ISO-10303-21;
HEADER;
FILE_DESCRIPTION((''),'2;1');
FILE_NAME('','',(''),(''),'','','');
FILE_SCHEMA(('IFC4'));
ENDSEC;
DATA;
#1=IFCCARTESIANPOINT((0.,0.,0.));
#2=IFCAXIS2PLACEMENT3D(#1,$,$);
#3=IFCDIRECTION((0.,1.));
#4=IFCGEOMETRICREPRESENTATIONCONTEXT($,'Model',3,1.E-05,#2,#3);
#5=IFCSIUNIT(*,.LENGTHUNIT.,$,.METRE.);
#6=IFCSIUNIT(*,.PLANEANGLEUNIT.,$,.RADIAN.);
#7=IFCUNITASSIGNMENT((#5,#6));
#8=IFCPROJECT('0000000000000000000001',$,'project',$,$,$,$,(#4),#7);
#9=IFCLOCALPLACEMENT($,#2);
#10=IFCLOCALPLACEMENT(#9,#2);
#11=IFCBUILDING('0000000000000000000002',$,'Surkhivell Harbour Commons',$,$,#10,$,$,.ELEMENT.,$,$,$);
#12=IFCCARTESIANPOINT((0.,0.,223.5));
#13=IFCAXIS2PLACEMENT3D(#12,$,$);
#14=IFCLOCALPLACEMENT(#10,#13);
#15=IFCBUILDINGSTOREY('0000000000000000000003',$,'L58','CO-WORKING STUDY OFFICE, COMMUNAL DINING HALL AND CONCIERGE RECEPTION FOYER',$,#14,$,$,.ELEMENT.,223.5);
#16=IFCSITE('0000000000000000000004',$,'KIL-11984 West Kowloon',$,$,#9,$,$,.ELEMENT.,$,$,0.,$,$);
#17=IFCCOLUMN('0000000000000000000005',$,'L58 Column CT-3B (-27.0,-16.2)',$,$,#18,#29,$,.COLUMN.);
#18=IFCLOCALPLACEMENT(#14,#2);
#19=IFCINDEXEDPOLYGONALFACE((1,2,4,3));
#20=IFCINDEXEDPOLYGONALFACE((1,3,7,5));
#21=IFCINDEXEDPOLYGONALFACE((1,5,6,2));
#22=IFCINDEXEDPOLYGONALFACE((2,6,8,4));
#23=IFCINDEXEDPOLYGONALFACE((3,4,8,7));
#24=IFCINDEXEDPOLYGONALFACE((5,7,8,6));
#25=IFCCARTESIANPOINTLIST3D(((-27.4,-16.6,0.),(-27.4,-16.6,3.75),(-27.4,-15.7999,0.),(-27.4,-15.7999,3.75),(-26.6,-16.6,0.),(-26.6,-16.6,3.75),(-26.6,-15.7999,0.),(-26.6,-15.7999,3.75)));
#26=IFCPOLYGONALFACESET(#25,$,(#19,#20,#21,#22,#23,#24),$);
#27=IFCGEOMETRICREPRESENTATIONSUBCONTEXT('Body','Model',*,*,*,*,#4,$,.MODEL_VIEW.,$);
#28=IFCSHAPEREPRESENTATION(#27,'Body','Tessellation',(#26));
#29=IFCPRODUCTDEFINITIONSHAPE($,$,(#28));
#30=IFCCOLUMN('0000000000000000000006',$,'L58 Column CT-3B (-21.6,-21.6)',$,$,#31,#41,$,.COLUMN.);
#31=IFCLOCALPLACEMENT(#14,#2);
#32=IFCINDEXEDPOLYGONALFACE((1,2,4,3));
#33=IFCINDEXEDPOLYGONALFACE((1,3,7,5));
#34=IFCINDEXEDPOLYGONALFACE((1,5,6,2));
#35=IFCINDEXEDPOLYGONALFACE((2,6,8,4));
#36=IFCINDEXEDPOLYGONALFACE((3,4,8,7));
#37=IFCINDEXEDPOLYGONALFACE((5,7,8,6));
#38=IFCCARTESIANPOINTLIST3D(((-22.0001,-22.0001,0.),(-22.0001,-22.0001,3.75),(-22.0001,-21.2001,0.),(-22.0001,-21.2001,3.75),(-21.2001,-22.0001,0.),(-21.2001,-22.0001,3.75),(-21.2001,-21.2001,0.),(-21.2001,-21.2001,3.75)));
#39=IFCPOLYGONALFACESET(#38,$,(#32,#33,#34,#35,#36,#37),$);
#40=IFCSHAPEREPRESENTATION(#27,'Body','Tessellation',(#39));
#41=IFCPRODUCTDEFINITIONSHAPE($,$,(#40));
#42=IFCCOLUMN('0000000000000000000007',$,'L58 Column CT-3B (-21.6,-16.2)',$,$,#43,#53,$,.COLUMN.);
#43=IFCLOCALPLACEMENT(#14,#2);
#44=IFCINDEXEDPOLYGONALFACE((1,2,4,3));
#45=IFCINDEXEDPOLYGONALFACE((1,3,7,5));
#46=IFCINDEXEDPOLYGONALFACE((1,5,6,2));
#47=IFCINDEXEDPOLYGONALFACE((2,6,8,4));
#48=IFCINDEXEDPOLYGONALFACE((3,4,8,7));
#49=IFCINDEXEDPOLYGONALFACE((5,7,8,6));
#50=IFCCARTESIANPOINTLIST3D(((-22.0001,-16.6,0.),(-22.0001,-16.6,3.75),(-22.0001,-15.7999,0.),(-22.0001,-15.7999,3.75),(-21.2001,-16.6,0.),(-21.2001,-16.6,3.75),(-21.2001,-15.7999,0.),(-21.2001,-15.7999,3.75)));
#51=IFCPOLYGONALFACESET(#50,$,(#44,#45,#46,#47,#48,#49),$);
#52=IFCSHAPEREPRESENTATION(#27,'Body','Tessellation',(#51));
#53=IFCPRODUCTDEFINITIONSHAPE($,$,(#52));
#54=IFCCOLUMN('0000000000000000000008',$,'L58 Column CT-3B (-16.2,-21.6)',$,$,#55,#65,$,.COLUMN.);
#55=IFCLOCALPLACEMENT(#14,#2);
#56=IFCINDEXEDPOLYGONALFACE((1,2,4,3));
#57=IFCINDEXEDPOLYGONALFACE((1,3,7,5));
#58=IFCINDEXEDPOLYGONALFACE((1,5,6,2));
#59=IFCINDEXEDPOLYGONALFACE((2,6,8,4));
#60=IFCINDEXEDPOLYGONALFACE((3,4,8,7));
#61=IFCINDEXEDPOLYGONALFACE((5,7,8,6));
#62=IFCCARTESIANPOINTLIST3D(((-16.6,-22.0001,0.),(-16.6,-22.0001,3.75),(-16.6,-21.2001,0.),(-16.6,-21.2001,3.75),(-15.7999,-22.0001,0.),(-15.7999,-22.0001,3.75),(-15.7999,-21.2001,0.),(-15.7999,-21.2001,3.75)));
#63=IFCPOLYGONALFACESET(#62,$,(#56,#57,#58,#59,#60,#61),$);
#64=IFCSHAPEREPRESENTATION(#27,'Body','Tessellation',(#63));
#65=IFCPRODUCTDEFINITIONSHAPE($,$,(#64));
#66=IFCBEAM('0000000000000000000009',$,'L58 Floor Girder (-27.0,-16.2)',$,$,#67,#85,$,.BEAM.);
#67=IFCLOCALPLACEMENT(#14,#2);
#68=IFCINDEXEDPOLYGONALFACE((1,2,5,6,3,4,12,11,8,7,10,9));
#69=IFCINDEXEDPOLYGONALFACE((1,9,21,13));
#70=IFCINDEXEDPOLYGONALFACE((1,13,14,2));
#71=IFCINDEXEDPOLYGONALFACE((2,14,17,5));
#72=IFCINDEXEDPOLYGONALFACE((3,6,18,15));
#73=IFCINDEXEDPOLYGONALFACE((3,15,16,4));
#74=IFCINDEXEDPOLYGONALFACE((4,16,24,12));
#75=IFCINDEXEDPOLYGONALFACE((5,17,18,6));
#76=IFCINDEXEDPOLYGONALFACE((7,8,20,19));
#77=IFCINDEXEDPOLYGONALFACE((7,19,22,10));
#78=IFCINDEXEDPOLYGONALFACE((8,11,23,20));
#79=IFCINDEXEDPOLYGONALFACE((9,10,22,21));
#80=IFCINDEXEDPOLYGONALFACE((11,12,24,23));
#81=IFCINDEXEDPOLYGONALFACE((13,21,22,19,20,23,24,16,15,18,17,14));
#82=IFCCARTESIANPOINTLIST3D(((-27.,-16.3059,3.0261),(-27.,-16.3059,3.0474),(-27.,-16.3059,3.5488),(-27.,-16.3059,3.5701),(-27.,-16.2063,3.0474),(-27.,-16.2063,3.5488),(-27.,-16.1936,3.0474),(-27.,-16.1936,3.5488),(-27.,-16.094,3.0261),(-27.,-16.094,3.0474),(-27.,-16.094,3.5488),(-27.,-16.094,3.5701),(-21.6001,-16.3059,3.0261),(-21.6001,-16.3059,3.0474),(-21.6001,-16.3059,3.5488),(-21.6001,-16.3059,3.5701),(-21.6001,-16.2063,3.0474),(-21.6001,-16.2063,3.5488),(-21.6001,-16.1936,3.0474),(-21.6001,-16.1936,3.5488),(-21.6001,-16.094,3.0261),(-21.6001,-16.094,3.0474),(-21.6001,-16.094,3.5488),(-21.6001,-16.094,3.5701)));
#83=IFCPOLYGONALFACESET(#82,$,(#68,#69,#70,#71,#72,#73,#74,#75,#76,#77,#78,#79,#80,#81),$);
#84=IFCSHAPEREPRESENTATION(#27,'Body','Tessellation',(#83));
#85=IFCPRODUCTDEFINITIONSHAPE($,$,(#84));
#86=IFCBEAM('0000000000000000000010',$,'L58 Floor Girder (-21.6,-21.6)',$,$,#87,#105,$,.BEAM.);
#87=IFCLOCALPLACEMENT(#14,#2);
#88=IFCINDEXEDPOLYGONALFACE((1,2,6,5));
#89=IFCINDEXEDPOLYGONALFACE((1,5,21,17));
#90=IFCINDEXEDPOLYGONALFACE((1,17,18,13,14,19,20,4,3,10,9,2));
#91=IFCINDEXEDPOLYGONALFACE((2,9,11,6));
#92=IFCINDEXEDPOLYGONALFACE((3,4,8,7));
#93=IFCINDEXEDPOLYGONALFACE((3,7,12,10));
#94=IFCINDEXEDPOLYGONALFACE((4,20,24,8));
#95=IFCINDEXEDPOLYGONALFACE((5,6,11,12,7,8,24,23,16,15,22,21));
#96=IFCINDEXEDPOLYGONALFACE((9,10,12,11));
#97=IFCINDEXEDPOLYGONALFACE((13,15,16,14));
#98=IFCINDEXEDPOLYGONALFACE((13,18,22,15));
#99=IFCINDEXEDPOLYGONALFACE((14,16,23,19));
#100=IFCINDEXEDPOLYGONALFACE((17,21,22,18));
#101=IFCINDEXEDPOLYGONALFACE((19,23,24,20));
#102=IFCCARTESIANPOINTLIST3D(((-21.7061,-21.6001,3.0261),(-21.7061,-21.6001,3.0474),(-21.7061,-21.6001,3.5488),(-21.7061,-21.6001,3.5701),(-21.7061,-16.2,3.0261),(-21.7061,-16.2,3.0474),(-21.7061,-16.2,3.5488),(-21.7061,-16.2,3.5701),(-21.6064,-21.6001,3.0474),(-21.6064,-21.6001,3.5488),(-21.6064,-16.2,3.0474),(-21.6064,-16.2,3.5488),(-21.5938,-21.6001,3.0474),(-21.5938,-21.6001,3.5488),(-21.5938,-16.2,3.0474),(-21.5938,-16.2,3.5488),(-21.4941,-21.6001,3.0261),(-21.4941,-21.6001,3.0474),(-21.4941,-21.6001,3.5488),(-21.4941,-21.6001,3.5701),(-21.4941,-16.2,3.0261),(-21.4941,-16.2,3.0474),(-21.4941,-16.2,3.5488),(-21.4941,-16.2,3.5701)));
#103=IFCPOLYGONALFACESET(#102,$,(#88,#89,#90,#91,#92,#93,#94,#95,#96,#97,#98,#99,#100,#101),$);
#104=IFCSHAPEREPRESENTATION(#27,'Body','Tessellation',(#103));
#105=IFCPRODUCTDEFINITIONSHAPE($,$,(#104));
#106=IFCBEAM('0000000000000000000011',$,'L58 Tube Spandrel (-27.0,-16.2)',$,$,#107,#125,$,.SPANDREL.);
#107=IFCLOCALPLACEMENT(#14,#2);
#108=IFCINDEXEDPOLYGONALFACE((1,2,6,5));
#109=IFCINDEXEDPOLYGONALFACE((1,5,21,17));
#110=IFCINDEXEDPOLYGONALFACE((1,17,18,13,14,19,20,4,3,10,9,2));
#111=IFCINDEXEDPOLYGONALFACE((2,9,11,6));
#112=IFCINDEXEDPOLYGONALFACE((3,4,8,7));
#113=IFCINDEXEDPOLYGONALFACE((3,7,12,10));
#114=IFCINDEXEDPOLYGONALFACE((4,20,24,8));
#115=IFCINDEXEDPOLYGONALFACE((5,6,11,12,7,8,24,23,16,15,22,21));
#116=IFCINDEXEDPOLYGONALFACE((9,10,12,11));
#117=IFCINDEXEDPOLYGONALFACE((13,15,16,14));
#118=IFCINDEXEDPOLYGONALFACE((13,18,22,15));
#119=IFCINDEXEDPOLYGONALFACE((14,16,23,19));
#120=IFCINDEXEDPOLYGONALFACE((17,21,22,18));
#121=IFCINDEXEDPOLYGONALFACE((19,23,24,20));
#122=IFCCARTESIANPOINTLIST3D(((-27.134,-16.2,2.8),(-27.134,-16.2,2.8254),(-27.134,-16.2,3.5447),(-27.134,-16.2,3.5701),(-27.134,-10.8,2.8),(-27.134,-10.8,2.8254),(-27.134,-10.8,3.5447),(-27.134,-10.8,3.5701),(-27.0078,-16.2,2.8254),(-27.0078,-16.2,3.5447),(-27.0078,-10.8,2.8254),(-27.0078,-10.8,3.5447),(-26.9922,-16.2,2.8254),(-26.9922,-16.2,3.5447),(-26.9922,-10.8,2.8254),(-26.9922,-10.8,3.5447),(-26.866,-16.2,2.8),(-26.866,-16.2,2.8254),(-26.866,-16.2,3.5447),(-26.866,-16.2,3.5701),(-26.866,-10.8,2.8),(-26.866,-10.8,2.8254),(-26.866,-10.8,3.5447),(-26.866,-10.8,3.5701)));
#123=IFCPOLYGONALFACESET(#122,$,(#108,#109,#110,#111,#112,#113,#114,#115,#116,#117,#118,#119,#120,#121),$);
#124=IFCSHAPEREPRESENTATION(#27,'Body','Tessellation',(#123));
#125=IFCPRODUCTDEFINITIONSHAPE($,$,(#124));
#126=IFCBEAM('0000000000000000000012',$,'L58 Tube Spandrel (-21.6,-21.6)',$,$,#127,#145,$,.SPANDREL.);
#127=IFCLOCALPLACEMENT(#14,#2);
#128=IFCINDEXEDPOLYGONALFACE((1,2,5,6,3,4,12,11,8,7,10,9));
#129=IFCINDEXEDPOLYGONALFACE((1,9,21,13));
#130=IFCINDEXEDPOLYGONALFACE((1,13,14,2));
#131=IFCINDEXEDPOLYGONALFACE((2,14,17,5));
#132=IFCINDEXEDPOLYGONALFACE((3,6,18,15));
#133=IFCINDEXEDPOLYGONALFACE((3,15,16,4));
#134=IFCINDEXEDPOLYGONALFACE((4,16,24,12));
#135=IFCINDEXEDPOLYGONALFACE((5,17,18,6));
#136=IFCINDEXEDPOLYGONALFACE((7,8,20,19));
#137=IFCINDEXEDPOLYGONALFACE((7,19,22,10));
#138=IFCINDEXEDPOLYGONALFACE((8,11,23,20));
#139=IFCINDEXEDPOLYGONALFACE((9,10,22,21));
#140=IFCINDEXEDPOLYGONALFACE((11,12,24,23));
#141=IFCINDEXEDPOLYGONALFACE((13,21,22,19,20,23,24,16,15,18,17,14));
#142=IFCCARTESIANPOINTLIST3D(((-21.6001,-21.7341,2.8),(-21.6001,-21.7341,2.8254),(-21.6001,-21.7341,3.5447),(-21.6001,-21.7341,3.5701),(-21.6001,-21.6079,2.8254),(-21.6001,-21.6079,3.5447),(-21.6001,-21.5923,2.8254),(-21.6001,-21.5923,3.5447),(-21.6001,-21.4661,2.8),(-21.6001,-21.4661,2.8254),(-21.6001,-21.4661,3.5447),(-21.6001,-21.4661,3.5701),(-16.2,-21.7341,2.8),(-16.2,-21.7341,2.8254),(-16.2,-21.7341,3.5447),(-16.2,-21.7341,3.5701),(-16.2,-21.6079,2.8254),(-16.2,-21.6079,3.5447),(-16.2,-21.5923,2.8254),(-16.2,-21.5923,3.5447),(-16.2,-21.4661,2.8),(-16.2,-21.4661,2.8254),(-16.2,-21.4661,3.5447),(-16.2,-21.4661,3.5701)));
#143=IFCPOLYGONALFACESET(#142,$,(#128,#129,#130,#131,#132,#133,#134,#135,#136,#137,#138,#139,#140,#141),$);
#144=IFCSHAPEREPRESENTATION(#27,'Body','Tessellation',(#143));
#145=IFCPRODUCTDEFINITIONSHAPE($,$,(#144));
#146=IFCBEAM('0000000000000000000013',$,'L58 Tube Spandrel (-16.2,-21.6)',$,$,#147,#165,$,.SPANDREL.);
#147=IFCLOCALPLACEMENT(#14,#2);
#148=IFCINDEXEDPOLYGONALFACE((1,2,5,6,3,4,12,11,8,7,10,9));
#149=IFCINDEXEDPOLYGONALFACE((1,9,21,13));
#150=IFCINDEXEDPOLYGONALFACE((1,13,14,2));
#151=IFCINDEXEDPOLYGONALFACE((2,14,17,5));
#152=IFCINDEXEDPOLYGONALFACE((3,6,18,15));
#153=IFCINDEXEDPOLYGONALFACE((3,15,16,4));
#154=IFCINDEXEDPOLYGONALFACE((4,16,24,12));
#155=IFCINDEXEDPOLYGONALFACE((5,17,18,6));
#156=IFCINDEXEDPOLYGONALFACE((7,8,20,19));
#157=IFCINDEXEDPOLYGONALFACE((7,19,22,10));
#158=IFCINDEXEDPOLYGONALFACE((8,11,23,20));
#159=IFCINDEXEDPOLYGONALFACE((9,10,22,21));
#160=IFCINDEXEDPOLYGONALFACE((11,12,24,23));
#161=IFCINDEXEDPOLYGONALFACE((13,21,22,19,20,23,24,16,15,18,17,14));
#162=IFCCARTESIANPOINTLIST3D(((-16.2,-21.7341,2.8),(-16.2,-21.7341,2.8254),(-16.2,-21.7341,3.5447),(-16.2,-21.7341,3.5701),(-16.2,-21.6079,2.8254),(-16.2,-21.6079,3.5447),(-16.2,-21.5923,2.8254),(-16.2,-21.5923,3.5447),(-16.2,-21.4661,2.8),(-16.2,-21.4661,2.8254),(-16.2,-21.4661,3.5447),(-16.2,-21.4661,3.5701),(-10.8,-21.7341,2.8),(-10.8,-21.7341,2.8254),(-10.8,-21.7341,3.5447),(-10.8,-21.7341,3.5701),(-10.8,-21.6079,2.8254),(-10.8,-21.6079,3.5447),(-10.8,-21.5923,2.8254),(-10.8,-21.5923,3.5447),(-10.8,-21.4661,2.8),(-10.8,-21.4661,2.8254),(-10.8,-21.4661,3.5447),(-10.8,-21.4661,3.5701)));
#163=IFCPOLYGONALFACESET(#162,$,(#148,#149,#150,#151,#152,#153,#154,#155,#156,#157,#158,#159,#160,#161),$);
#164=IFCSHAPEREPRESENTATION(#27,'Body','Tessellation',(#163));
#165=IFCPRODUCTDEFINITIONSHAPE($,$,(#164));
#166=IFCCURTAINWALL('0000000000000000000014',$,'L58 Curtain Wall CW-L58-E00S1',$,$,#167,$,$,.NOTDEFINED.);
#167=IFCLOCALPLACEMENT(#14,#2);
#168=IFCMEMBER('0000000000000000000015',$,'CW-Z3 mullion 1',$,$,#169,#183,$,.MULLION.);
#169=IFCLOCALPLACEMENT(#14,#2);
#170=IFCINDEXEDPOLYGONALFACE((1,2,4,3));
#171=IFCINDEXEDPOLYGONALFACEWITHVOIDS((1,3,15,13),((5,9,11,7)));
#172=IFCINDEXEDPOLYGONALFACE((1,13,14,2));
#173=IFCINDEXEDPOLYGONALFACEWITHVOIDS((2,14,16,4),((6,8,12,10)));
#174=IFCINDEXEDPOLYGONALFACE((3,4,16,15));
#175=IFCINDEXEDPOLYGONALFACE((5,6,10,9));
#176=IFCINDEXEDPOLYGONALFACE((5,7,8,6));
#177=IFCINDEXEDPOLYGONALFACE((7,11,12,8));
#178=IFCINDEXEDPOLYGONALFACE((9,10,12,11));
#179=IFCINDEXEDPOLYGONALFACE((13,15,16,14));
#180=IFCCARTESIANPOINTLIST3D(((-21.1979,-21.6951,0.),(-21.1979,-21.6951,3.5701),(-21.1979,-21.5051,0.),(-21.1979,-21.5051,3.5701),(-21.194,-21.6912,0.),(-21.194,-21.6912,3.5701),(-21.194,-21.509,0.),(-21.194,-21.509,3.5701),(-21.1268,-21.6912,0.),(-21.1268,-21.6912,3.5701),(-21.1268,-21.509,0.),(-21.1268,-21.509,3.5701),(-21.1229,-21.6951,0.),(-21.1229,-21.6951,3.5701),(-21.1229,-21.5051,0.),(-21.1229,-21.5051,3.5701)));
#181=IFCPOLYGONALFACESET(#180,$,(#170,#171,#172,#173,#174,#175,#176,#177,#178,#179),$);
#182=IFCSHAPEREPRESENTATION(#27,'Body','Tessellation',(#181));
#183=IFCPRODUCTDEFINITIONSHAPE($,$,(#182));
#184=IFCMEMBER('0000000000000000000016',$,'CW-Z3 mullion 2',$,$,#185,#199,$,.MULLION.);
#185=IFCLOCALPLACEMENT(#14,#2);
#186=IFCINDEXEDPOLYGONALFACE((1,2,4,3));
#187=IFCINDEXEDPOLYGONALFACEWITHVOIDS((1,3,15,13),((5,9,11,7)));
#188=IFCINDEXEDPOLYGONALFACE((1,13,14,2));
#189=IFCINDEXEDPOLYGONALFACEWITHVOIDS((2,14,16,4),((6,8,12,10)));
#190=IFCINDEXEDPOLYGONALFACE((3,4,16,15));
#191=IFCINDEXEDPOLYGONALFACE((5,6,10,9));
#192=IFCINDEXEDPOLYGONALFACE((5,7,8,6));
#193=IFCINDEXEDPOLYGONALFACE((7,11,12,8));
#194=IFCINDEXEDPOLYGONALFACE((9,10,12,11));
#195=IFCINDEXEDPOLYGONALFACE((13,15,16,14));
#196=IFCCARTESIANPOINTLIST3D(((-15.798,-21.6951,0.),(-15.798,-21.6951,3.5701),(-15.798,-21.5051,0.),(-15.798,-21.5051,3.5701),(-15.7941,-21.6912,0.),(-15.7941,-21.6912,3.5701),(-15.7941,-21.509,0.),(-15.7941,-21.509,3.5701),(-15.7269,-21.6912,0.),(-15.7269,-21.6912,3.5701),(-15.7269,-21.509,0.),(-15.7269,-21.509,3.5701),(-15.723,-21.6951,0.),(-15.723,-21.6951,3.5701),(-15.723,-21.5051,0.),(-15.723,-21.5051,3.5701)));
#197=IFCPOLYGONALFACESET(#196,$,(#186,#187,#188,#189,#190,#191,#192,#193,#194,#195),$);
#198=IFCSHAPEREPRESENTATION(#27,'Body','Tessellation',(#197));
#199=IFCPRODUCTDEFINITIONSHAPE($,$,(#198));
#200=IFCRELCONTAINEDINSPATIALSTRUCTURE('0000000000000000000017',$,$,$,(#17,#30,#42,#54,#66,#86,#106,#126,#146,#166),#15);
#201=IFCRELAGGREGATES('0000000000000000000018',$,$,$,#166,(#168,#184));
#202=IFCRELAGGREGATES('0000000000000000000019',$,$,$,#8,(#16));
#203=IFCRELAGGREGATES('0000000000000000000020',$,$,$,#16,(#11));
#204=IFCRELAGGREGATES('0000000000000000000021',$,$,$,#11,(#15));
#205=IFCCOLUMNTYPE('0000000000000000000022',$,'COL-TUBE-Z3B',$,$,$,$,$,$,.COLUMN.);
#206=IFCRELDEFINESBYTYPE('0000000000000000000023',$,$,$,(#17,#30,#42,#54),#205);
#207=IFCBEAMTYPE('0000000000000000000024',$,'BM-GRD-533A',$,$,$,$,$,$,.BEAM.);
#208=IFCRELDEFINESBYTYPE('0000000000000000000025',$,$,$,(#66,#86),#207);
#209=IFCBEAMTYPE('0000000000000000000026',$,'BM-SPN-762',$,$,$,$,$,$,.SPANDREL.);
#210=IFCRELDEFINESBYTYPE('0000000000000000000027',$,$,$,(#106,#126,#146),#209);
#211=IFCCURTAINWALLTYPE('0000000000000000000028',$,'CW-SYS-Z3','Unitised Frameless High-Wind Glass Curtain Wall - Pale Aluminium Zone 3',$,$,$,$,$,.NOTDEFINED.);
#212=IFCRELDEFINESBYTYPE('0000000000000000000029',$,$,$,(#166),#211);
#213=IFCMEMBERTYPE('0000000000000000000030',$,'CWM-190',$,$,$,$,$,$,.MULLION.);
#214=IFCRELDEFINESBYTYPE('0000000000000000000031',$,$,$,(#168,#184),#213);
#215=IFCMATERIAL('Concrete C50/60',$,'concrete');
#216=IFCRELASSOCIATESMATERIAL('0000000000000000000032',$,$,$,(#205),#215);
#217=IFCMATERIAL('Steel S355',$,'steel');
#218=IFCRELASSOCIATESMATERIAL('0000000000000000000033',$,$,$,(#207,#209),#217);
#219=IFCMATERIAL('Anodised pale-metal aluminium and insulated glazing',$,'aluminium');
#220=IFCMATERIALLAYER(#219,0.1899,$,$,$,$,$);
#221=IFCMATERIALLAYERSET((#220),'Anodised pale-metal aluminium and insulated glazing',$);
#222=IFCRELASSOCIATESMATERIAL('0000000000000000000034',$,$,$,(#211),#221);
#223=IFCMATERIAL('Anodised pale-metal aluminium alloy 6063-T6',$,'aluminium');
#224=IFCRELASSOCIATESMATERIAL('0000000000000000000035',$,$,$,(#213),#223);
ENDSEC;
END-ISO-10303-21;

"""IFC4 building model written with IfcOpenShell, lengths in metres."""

from ifc_helpers import new_model, si_unit, direction, frame, origin, origin_2d, place, context, subcontext, project, spatial, rectangle, hollow_rectangle, i_section, extrude, material, layer, layer_set, material_profile, profile_set, type_object, element, aggregate, save


model = new_model("IFC4")

# Units and contexts
model_context = context("Model", 3, precision=1e-05, world=origin(), true_north=direction((0.0, 1.0)))
body_context = subcontext(model_context, "Body", "Model", "MODEL_VIEW")
ifc_project = project(units=[si_unit("LENGTHUNIT", "METRE"), si_unit("PLANEANGLEUNIT", "RADIAN")], contexts=[model_context])

# Site, building, storey
site_placement = place(None, origin())
site = spatial("IfcSite", under=ifc_project, at=site_placement, Name="KIL-11984 West Kowloon", CompositionType="ELEMENT", RefElevation=0.0)
building_placement = place(site_placement, origin())
building = spatial("IfcBuilding", under=site, at=building_placement, Name="Surkhivell Harbour Commons", CompositionType="ELEMENT")
storey_placement = place(building_placement, frame((0.0, 0.0, 223.5)))
storey = spatial("IfcBuildingStorey", under=building, at=storey_placement, Name="L58", Description="CO-WORKING STUDY OFFICE, COMMUNAL DINING HALL AND CONCIERGE RECEPTION FOYER", CompositionType="ELEMENT", Elevation=223.5)

# Columns
ifc_material_1 = material(Name="Concrete C50/60", Category="concrete")
ifc_material_profile_1 = material_profile(ifc_material_1, rectangle(XDim=0.8, YDim=0.8, at=origin_2d()), Name="RC-COL-800x800")
ifc_profile_set_1 = profile_set([ifc_material_profile_1], Name="Concrete C50/60")
column_type = type_object("IfcColumnType", Name="COL-TUBE-Z3B", PredefinedType="COLUMN", material=ifc_profile_set_1)
for number, where, z_axis, x_axis, name in (
    (1, (-27.0, -16.2, 0.0), (0.0, 0.0, 1.0), (1.0, 0.0, 0.0), "L58 Column CT-3B (-27.0,-16.2)"),
    (2, (-21.6001, -21.6001, 0.0), (0.0, 0.0, 1.0), (1.0, 0.0, 0.0), "L58 Column CT-3B (-21.6,-21.6)"),
    (3, (-21.6001, -16.2, 0.0), (0.0, 0.0, 1.0), (1.0, 0.0, 0.0), "L58 Column CT-3B (-21.6,-16.2)"),
    (4, (-16.2, -21.6001, 0.0), (0.0, 0.0, 1.0), (1.0, 0.0, 0.0), "L58 Column CT-3B (-16.2,-21.6)"),
):
    element("IfcColumn", number, at=place(storey_placement, frame(where, z_axis=z_axis, x_axis=x_axis)), inside=storey, type_object=column_type, Name=name, PredefinedType="COLUMN", context=body_context, shape_type="SweptSolid", body=[
        extrude(rectangle(XDim=0.8, YDim=0.8, at=origin_2d()), origin(), (0.0, 0.0, 1.0), 3.75),
    ])

# Beams
ifc_material_2 = material(Name="Steel S355", Category="steel")
ifc_material_profile_2 = material_profile(ifc_material_2, i_section(OverallWidth=0.2119, OverallDepth=0.5439, WebThickness=0.0127, FlangeThickness=0.0212, at=origin_2d()), Name="UB533x210x122")
ifc_profile_set_2 = profile_set([ifc_material_profile_2], Name="Steel S355")
beam_type_1 = type_object("IfcBeamType", Name="BM-GRD-533A", PredefinedType="BEAM", material=ifc_profile_set_2)
beam_1_placement = place(storey_placement, frame((-27.0, -16.2, 3.2981), z_axis=(1.0, 0.0, 0.0), x_axis=(0.0, 1.0, 0.0)))
element("IfcBeam", 5, at=beam_1_placement, inside=storey, type_object=beam_type_1, Name="L58 Floor Girder (-27.0,-16.2)", PredefinedType="BEAM", context=body_context, shape_type="SweptSolid", body=[
    extrude(i_section(OverallWidth=0.2119, OverallDepth=0.5439, WebThickness=0.0127, FlangeThickness=0.0212, at=origin_2d()), origin(), (0.0, 0.0, 1.0), 5.3999),
])
beam_2_placement = place(storey_placement, frame((-21.6001, -21.6001, 3.2981), z_axis=(0.0, 1.0, 0.0), x_axis=(-1.0, 0.0, 0.0)))
element("IfcBeam", 6, at=beam_2_placement, inside=storey, type_object=beam_type_1, Name="L58 Floor Girder (-21.6,-21.6)", PredefinedType="BEAM", context=body_context, shape_type="SweptSolid", body=[
    extrude(i_section(OverallWidth=0.2119, OverallDepth=0.5439, WebThickness=0.0127, FlangeThickness=0.0212, at=origin_2d()), origin(), (0.0, 0.0, 1.0), 5.4001),
])
ifc_material_profile_3 = material_profile(ifc_material_2, i_section(OverallWidth=0.2681, OverallDepth=0.77, WebThickness=0.0156, FlangeThickness=0.0254, at=origin_2d()), Name="UB762x267x197")
ifc_profile_set_3 = profile_set([ifc_material_profile_3], Name="Steel S355")
beam_type_2 = type_object("IfcBeamType", Name="BM-SPN-762", PredefinedType="SPANDREL", material=ifc_profile_set_3)
beam_3_placement = place(storey_placement, frame((-27.0, -16.2, 3.1851), z_axis=(0.0, 1.0, 0.0), x_axis=(-1.0, 0.0, 0.0)))
element("IfcBeam", 7, at=beam_3_placement, inside=storey, type_object=beam_type_2, Name="L58 Tube Spandrel (-27.0,-16.2)", PredefinedType="SPANDREL", context=body_context, shape_type="SweptSolid", body=[
    extrude(i_section(OverallWidth=0.2681, OverallDepth=0.77, WebThickness=0.0156, FlangeThickness=0.0254, at=origin_2d()), origin(), (0.0, 0.0, 1.0), 5.3999),
])
beam_4_placement = place(storey_placement, frame((-21.6001, -21.6001, 3.1851), z_axis=(1.0, 0.0, 0.0), x_axis=(0.0, 1.0, 0.0)))
element("IfcBeam", 8, at=beam_4_placement, inside=storey, type_object=beam_type_2, Name="L58 Tube Spandrel (-21.6,-21.6)", PredefinedType="SPANDREL", context=body_context, shape_type="SweptSolid", body=[
    extrude(i_section(OverallWidth=0.2681, OverallDepth=0.77, WebThickness=0.0156, FlangeThickness=0.0254, at=origin_2d()), origin(), (0.0, 0.0, 1.0), 5.4001),
])
beam_5_placement = place(storey_placement, frame((-16.2, -21.6001, 3.1851), z_axis=(1.0, 0.0, 0.0), x_axis=(0.0, 1.0, 0.0)))
element("IfcBeam", 9, at=beam_5_placement, inside=storey, type_object=beam_type_2, Name="L58 Tube Spandrel (-16.2,-21.6)", PredefinedType="SPANDREL", context=body_context, shape_type="SweptSolid", body=[
    extrude(i_section(OverallWidth=0.2681, OverallDepth=0.77, WebThickness=0.0156, FlangeThickness=0.0254, at=origin_2d()), origin(), (0.0, 0.0, 1.0), 5.3999),
])

# Curtain wall, members
ifc_material_3 = material(Name="Anodised pale-metal aluminium and insulated glazing", Category="aluminium")
ifc_layer_1 = layer(ifc_material_3, 0.1899)
ifc_layer_set_1 = layer_set([ifc_layer_1], Name="Anodised pale-metal aluminium and insulated glazing")
curtain_wall_type = type_object("IfcCurtainWallType", Name="CW-SYS-Z3", Description="Unitised Frameless High-Wind Glass Curtain Wall - Pale Aluminium Zone 3", PredefinedType="NOTDEFINED", material=ifc_layer_set_1)
curtain_wall_placement = place(storey_placement, origin())
curtain_wall = element("IfcCurtainWall", 10, at=curtain_wall_placement, inside=storey, type_object=curtain_wall_type, Name="L58 Curtain Wall CW-L58-E00S1", PredefinedType="NOTDEFINED")
ifc_material_4 = material(Name="Anodised pale-metal aluminium alloy 6063-T6", Category="aluminium")
ifc_material_profile_4 = material_profile(ifc_material_4, hollow_rectangle(XDim=0.075, YDim=0.1899, WallThickness=0.0039, at=origin_2d()), Name="ALU-MULL-75x190")
ifc_profile_set_4 = profile_set([ifc_material_profile_4], Name="Anodised pale-metal aluminium alloy 6063-T6")
member_type_1 = type_object("IfcMemberType", Name="CWM-190", PredefinedType="MULLION", material=ifc_profile_set_4)
member_1_placement = place(storey_placement, frame((-21.1604, -21.6001, 0.0), z_axis=(0.0, 0.0, 1.0), x_axis=(1.0, 0.0, 0.0)))
member_1 = element("IfcMember", 11, at=member_1_placement, type_object=member_type_1, Name="CW-Z3 mullion 1", PredefinedType="MULLION", context=body_context, shape_type="SweptSolid", body=[
    extrude(hollow_rectangle(XDim=0.075, YDim=0.1899, WallThickness=0.0039, at=origin_2d()), origin(), (0.0, 0.0, 1.0), 3.5701),
])
member_2_placement = place(storey_placement, frame((-15.7605, -21.6001, 0.0), z_axis=(0.0, 0.0, 1.0), x_axis=(1.0, 0.0, 0.0)))
member_2 = element("IfcMember", 12, at=member_2_placement, type_object=member_type_1, Name="CW-Z3 mullion 2", PredefinedType="MULLION", context=body_context, shape_type="SweptSolid", body=[
    extrude(hollow_rectangle(XDim=0.075, YDim=0.1899, WallThickness=0.0039, at=origin_2d()), origin(), (0.0, 0.0, 1.0), 3.5701),
])
aggregate(curtain_wall, [member_1, member_2])

save(model, "model.ifc")
